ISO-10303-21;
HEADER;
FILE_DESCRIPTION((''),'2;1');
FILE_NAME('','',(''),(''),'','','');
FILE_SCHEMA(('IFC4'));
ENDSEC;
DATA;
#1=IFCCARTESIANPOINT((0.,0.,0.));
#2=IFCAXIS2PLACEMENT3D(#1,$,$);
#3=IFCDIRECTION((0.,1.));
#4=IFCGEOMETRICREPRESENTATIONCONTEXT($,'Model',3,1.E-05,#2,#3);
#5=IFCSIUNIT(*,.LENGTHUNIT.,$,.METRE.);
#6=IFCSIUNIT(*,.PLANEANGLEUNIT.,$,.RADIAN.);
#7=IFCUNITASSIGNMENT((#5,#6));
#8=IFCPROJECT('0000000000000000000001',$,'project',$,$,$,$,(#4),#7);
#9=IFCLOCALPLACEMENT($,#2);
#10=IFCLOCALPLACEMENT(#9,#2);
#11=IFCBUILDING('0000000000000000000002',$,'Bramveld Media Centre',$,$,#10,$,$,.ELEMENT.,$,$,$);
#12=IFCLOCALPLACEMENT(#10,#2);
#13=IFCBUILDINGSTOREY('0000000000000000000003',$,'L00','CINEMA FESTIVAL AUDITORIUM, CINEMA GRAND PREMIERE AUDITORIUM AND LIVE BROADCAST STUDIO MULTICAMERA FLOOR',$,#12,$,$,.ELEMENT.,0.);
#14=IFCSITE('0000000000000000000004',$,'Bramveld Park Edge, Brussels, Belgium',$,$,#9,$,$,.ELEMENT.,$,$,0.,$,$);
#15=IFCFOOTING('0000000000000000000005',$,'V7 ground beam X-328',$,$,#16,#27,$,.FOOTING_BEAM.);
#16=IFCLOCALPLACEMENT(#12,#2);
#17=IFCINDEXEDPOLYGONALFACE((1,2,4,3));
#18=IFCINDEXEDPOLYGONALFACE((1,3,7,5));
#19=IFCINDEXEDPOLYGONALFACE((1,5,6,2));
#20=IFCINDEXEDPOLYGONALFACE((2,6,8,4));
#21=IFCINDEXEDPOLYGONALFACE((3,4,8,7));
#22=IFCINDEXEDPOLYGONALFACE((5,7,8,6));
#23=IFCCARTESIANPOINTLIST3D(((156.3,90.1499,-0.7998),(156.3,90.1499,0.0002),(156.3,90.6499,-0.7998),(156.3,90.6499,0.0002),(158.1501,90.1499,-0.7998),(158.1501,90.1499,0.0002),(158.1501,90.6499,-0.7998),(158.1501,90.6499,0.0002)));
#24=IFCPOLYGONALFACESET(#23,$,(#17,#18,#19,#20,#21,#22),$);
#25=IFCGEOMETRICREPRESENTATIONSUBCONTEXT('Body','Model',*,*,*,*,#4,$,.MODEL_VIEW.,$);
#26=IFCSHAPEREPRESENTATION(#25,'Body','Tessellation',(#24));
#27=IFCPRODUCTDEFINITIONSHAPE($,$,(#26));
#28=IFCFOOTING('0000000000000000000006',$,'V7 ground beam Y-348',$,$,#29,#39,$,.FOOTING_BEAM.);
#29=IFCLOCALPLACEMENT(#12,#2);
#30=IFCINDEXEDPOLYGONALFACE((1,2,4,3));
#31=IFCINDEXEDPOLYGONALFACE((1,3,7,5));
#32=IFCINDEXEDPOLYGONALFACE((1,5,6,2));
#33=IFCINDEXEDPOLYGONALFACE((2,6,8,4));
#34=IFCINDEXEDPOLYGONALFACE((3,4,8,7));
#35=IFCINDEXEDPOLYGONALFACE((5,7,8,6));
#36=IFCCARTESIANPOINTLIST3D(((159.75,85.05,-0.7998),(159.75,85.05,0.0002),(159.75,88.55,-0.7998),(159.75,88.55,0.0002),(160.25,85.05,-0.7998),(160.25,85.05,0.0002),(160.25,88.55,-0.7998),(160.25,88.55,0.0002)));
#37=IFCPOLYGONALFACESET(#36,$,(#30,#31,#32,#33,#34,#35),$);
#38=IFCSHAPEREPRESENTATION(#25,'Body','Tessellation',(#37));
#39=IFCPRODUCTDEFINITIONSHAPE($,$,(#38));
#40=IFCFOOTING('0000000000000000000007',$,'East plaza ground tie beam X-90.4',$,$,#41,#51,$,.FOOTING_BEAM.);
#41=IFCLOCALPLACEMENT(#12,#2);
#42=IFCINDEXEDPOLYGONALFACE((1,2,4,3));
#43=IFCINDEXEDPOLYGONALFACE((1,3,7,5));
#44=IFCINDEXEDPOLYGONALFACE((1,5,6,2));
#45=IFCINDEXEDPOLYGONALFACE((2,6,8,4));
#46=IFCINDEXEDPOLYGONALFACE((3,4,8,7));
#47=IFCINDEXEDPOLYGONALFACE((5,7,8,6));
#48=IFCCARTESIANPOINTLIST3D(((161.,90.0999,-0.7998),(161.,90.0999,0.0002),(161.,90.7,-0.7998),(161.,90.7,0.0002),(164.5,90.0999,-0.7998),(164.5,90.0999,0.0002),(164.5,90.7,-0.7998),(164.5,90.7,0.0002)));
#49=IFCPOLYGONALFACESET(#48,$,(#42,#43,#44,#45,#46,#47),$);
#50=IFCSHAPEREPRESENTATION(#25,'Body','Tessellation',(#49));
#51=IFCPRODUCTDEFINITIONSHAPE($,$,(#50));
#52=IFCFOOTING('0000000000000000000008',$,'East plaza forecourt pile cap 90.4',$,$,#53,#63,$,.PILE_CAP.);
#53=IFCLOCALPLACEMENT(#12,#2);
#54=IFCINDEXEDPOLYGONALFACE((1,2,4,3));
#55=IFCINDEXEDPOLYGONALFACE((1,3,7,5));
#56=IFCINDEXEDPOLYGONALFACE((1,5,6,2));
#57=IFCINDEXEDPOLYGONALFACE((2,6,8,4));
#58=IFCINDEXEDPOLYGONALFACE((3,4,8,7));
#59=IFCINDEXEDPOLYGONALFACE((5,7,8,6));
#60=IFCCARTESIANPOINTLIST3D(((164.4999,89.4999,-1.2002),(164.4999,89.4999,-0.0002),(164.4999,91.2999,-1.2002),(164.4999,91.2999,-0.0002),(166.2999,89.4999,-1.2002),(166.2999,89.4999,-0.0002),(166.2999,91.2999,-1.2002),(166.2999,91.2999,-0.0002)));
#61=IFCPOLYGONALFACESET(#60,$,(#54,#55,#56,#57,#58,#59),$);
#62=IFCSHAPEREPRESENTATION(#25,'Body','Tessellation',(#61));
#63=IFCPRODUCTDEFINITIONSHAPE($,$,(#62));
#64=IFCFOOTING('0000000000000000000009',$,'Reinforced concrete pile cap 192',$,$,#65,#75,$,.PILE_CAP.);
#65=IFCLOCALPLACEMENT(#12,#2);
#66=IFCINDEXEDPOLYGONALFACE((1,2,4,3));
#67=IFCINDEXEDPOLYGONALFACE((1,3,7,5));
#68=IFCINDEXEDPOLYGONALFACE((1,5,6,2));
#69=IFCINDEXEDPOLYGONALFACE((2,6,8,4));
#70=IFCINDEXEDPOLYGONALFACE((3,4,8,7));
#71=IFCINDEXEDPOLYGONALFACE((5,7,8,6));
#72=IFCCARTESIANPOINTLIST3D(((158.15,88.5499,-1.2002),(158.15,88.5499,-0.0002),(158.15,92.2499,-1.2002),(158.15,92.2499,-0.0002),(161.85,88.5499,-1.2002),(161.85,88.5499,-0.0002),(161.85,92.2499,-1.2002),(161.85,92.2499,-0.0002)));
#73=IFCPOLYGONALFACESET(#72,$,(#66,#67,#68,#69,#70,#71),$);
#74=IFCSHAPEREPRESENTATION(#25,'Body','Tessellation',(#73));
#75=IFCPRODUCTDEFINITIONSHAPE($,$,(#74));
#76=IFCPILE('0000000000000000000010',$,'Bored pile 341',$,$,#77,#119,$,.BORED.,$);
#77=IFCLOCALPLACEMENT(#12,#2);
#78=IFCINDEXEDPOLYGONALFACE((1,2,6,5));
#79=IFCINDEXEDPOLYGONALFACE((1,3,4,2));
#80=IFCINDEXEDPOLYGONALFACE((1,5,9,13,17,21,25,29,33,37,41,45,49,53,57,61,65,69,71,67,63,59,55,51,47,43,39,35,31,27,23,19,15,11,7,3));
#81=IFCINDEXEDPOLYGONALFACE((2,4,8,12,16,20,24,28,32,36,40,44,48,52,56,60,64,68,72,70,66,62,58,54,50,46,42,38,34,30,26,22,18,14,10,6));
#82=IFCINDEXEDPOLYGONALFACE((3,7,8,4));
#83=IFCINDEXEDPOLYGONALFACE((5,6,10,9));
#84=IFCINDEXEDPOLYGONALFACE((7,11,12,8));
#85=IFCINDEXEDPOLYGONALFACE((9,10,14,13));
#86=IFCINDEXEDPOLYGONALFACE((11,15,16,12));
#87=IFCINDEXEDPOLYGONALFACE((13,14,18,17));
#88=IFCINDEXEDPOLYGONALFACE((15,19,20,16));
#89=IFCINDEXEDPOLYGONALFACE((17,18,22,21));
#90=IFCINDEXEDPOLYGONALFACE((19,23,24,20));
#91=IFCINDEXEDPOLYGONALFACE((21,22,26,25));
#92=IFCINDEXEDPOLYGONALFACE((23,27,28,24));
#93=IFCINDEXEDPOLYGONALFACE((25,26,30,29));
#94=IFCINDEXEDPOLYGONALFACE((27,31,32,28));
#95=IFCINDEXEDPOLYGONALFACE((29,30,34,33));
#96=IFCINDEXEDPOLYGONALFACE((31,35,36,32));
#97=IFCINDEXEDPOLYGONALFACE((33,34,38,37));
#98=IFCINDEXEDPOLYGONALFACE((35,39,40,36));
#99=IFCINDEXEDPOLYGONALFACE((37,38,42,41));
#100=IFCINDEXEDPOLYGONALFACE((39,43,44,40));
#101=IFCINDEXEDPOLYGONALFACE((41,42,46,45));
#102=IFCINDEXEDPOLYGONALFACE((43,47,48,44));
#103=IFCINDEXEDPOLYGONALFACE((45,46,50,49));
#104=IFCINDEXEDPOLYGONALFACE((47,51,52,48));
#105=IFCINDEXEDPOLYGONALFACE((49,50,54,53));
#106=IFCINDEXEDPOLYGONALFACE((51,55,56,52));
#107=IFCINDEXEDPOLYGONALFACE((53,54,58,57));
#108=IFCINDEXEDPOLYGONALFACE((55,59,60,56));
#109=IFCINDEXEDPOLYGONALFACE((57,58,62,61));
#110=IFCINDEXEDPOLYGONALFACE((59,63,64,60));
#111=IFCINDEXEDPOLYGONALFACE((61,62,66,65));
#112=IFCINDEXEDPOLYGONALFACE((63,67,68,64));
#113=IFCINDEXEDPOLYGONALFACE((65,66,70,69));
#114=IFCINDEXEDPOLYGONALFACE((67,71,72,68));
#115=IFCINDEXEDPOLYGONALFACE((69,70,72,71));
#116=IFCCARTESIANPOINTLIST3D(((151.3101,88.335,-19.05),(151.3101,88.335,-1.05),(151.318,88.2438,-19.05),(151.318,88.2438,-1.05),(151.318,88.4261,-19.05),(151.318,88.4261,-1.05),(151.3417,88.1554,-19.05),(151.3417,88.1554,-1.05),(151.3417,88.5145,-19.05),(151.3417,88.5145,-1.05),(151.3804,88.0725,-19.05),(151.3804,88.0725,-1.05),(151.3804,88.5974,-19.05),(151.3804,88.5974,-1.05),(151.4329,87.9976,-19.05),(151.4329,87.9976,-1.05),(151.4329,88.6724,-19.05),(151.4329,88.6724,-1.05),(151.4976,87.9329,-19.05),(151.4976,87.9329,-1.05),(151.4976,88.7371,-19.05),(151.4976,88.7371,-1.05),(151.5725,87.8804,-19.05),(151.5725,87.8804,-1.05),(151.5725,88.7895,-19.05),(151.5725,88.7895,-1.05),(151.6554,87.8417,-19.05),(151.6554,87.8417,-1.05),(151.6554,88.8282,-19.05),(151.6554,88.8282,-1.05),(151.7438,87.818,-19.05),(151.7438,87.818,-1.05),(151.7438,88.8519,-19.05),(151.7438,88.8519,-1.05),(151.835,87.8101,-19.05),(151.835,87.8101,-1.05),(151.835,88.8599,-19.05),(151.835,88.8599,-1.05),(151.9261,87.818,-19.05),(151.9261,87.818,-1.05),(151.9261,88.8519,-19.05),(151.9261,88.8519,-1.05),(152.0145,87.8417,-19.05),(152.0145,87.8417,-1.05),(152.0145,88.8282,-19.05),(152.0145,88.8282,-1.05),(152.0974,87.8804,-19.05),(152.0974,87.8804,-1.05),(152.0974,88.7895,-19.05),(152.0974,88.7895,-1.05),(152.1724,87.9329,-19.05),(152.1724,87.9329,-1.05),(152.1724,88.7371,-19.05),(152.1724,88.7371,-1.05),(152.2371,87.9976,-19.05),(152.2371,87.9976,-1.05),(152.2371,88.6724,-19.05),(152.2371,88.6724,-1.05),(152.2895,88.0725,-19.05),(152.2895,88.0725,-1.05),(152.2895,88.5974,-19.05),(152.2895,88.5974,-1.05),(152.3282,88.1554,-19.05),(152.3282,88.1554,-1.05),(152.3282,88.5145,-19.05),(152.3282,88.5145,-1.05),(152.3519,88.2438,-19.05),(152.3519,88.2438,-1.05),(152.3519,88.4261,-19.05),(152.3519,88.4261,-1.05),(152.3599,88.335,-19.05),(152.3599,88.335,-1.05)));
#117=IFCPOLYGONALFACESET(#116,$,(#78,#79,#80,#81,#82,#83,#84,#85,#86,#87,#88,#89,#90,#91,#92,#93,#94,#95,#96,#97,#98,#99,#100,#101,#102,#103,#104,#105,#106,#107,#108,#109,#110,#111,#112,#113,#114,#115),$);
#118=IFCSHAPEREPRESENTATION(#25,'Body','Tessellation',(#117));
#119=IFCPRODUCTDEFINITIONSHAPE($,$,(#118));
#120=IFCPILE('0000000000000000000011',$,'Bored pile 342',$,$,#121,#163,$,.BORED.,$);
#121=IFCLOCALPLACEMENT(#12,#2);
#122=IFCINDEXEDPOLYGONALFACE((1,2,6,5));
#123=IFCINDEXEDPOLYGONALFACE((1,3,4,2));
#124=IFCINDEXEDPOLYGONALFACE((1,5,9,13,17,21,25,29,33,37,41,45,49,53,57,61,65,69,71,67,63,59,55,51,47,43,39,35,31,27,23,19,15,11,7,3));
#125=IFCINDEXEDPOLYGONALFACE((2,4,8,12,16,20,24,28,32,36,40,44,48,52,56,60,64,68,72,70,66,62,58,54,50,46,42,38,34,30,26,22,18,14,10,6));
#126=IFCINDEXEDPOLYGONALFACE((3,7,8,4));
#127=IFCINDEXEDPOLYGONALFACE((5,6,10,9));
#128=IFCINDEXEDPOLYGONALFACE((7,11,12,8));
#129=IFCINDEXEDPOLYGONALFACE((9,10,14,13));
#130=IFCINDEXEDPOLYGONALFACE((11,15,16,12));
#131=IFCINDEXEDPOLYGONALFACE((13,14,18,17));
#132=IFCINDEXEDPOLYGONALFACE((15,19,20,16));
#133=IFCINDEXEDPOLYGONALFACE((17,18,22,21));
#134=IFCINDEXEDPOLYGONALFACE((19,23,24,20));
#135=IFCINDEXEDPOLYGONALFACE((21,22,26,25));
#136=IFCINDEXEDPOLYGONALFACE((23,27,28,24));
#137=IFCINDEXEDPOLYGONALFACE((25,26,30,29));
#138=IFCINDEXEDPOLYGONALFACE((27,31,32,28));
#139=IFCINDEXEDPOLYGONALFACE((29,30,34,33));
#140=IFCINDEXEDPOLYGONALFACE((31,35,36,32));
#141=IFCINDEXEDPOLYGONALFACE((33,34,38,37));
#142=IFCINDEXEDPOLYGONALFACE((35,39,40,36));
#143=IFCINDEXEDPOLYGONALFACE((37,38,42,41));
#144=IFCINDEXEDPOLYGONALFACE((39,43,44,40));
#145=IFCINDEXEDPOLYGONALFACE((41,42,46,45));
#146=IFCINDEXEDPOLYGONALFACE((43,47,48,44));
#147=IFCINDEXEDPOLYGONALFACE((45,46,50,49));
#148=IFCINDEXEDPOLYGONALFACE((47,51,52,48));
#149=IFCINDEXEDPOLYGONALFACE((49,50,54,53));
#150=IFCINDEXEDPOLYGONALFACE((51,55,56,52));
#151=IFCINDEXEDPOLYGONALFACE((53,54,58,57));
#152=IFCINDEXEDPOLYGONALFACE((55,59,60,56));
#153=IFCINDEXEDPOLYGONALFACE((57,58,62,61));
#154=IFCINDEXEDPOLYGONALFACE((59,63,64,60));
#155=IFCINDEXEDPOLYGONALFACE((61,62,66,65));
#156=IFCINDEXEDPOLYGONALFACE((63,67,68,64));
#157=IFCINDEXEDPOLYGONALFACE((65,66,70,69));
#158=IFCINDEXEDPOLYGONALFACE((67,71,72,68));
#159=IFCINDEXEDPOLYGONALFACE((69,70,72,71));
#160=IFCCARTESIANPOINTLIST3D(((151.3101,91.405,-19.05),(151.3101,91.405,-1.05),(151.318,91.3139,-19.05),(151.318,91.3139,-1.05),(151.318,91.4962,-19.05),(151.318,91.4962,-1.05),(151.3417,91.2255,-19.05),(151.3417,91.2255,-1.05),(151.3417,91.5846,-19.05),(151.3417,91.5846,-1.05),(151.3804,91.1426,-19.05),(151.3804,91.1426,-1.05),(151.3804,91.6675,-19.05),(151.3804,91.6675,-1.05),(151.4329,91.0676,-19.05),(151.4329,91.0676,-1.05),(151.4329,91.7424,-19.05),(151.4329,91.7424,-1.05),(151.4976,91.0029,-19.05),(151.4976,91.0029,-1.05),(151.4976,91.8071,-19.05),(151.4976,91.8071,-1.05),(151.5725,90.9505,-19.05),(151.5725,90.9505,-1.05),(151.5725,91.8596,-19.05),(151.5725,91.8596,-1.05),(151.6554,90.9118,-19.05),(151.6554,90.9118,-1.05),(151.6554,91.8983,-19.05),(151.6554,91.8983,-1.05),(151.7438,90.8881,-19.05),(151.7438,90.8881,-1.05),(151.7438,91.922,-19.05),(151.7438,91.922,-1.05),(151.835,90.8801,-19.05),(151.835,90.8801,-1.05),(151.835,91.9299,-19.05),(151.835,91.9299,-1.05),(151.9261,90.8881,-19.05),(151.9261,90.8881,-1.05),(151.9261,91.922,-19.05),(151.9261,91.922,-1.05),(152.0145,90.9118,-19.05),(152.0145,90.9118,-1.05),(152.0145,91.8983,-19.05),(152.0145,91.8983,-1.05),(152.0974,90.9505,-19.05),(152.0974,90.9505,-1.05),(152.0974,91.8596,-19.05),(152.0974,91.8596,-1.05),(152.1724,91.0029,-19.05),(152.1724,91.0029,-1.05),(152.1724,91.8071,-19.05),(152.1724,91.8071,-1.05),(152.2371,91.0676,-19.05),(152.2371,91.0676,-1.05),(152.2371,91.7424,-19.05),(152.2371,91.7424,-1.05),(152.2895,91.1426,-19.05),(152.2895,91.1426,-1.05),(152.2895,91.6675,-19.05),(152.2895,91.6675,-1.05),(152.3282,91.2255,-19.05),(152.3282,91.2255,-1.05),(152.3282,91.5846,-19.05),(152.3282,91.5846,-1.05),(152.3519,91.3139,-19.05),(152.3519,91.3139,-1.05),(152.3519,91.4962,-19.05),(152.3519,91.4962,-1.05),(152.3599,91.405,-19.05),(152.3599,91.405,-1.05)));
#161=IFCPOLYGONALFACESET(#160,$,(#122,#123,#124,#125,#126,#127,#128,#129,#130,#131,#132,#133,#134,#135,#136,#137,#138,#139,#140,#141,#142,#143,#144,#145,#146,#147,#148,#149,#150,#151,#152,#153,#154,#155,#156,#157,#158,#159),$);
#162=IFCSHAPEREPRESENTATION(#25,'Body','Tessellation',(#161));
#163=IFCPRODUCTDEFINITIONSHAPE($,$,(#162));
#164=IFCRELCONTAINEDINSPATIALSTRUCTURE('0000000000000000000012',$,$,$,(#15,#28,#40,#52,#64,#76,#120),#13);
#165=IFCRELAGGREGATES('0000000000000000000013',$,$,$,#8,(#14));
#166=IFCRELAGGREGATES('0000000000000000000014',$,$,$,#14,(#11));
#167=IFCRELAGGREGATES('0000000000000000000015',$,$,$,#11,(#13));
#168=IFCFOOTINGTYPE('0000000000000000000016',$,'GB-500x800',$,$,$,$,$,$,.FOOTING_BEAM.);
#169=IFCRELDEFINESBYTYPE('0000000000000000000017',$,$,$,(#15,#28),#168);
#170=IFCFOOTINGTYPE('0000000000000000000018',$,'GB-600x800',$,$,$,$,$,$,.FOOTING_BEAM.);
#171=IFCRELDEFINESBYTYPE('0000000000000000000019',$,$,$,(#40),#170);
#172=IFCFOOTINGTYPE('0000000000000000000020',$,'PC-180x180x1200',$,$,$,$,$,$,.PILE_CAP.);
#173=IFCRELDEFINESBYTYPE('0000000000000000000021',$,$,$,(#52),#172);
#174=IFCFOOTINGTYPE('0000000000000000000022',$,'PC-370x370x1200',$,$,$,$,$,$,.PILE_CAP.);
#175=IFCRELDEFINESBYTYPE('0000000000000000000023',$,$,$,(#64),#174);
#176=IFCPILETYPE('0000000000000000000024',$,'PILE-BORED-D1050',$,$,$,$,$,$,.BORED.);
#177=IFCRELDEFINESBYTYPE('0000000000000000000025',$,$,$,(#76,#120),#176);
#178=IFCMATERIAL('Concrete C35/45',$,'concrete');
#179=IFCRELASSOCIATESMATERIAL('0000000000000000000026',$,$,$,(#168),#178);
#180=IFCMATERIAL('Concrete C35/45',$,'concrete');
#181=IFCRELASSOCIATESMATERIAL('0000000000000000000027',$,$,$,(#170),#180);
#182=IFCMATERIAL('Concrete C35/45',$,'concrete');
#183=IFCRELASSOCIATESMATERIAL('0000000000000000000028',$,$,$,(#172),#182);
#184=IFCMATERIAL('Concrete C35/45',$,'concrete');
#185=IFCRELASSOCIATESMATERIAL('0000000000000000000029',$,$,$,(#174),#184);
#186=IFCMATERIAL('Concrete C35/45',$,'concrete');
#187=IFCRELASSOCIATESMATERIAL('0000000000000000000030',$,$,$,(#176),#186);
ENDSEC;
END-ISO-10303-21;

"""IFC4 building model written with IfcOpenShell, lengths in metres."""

from ifc_helpers import new_model, si_unit, direction, frame, origin, origin_2d, place, context, subcontext, project, spatial, rectangle, circle, extrude, material, material_profile, profile_set, type_object, element, save


model = new_model("IFC4")

# Units and contexts
model_context = context("Model", 3, precision=1e-05, world=origin(), true_north=direction((0.0, 1.0)))
body_context = subcontext(model_context, "Body", "Model", "MODEL_VIEW")
ifc_project = project(units=[si_unit("LENGTHUNIT", "METRE"), si_unit("PLANEANGLEUNIT", "RADIAN")], contexts=[model_context])

# Site, building, storey
site_placement = place(None, origin())
site = spatial("IfcSite", under=ifc_project, at=site_placement, Name="Bramveld Park Edge, Brussels, Belgium", CompositionType="ELEMENT", RefElevation=0.0)
building_placement = place(site_placement, origin())
building = spatial("IfcBuilding", under=site, at=building_placement, Name="Bramveld Media Centre", CompositionType="ELEMENT")
storey_placement = place(building_placement, origin())
storey = spatial("IfcBuildingStorey", under=building, at=storey_placement, Name="L00", Description="CINEMA FESTIVAL AUDITORIUM, CINEMA GRAND PREMIERE AUDITORIUM AND LIVE BROADCAST STUDIO MULTICAMERA FLOOR", CompositionType="ELEMENT", Elevation=0.0)

# Footings
ifc_material_1 = material(Name="Concrete C35/45", Category="concrete")
footing_type_1 = type_object("IfcFootingType", Name="GB-500x800", PredefinedType="FOOTING_BEAM", material=ifc_material_1)
footing_1_placement = place(storey_placement, frame((157.2251, 90.3999, -0.7998), z_axis=(0.0, 0.0, 1.0), x_axis=(1.0, 0.0, 0.0)))
element("IfcFooting", 1, at=footing_1_placement, inside=storey, type_object=footing_type_1, Name="V7 ground beam X-328", PredefinedType="FOOTING_BEAM", context=body_context, shape_type="SweptSolid", body=[
    extrude(rectangle(XDim=1.8501, YDim=0.5, at=origin_2d()), origin(), (0.0, 0.0, 1.0), 0.8),
])
footing_2_placement = place(storey_placement, frame((160.0, 86.8, -0.7998), z_axis=(0.0, 0.0, 1.0), x_axis=(1.0, 0.0, 0.0)))
element("IfcFooting", 2, at=footing_2_placement, inside=storey, type_object=footing_type_1, Name="V7 ground beam Y-348", PredefinedType="FOOTING_BEAM", context=body_context, shape_type="SweptSolid", body=[
    extrude(rectangle(XDim=0.5, YDim=3.5, at=origin_2d()), origin(), (0.0, 0.0, 1.0), 0.8),
])
ifc_material_2 = material(Name="Concrete C35/45", Category="concrete")
footing_type_2 = type_object("IfcFootingType", Name="GB-600x800", PredefinedType="FOOTING_BEAM", material=ifc_material_2)
footing_3_placement = place(storey_placement, frame((162.75, 90.3999, -0.7998), z_axis=(0.0, 0.0, 1.0), x_axis=(1.0, 0.0, 0.0)))
element("IfcFooting", 3, at=footing_3_placement, inside=storey, type_object=footing_type_2, Name="East plaza ground tie beam X-90.4", PredefinedType="FOOTING_BEAM", context=body_context, shape_type="SweptSolid", body=[
    extrude(rectangle(XDim=3.5, YDim=0.6001, at=origin_2d()), origin(), (0.0, 0.0, 1.0), 0.8),
])
ifc_material_3 = material(Name="Concrete C35/45", Category="concrete")
footing_type_3 = type_object("IfcFootingType", Name="PC-180x180x1200", PredefinedType="PILE_CAP", material=ifc_material_3)
footing_4_placement = place(storey_placement, frame((165.3999, 90.3999, -1.2002), z_axis=(0.0, 0.0, 1.0), x_axis=(1.0, 0.0, 0.0)))
element("IfcFooting", 4, at=footing_4_placement, inside=storey, type_object=footing_type_3, Name="East plaza forecourt pile cap 90.4", PredefinedType="PILE_CAP", context=body_context, shape_type="SweptSolid", body=[
    extrude(rectangle(XDim=1.8, YDim=1.8, at=origin_2d()), origin(), (0.0, 0.0, 1.0), 1.2),
])
ifc_material_4 = material(Name="Concrete C35/45", Category="concrete")
footing_type_4 = type_object("IfcFootingType", Name="PC-370x370x1200", PredefinedType="PILE_CAP", material=ifc_material_4)
footing_5_placement = place(storey_placement, frame((160.0, 90.3999, -1.2002), z_axis=(0.0, 0.0, 1.0), x_axis=(1.0, 0.0, 0.0)))
element("IfcFooting", 5, at=footing_5_placement, inside=storey, type_object=footing_type_4, Name="Reinforced concrete pile cap 192", PredefinedType="PILE_CAP", context=body_context, shape_type="SweptSolid", body=[
    extrude(rectangle(XDim=3.7, YDim=3.7, at=origin_2d()), origin(), (0.0, 0.0, 1.0), 1.2),
])

# Piles
ifc_material_5 = material(Name="Concrete C35/45", Category="concrete")
ifc_material_profile_1 = material_profile(ifc_material_5, circle(Radius=0.5249, at=origin_2d()), Name="BORED D1050")
ifc_profile_set_1 = profile_set([ifc_material_profile_1], Name="Concrete C35/45")
pile_type_1 = type_object("IfcPileType", Name="PILE-BORED-D1050", PredefinedType="BORED", material=ifc_profile_set_1)
for number, where, z_axis, x_axis, name in (
    (6, (151.835, 88.335, -1.05), (0.0, 0.0, -1.0), (1.0, 0.0, 0.0), "Bored pile 341"),
    (7, (151.835, 91.405, -1.05), (0.0, 0.0, -1.0), (1.0, 0.0, 0.0), "Bored pile 342"),
):
    element("IfcPile", number, at=place(storey_placement, frame(where, z_axis=z_axis, x_axis=x_axis)), inside=storey, type_object=pile_type_1, Name=name, PredefinedType="BORED", context=body_context, shape_type="SweptSolid", body=[
        extrude(circle(Radius=0.5249, at=origin_2d()), origin(), (0.0, 0.0, 1.0), 18.0),
    ])

save(model, "model.ifc")
